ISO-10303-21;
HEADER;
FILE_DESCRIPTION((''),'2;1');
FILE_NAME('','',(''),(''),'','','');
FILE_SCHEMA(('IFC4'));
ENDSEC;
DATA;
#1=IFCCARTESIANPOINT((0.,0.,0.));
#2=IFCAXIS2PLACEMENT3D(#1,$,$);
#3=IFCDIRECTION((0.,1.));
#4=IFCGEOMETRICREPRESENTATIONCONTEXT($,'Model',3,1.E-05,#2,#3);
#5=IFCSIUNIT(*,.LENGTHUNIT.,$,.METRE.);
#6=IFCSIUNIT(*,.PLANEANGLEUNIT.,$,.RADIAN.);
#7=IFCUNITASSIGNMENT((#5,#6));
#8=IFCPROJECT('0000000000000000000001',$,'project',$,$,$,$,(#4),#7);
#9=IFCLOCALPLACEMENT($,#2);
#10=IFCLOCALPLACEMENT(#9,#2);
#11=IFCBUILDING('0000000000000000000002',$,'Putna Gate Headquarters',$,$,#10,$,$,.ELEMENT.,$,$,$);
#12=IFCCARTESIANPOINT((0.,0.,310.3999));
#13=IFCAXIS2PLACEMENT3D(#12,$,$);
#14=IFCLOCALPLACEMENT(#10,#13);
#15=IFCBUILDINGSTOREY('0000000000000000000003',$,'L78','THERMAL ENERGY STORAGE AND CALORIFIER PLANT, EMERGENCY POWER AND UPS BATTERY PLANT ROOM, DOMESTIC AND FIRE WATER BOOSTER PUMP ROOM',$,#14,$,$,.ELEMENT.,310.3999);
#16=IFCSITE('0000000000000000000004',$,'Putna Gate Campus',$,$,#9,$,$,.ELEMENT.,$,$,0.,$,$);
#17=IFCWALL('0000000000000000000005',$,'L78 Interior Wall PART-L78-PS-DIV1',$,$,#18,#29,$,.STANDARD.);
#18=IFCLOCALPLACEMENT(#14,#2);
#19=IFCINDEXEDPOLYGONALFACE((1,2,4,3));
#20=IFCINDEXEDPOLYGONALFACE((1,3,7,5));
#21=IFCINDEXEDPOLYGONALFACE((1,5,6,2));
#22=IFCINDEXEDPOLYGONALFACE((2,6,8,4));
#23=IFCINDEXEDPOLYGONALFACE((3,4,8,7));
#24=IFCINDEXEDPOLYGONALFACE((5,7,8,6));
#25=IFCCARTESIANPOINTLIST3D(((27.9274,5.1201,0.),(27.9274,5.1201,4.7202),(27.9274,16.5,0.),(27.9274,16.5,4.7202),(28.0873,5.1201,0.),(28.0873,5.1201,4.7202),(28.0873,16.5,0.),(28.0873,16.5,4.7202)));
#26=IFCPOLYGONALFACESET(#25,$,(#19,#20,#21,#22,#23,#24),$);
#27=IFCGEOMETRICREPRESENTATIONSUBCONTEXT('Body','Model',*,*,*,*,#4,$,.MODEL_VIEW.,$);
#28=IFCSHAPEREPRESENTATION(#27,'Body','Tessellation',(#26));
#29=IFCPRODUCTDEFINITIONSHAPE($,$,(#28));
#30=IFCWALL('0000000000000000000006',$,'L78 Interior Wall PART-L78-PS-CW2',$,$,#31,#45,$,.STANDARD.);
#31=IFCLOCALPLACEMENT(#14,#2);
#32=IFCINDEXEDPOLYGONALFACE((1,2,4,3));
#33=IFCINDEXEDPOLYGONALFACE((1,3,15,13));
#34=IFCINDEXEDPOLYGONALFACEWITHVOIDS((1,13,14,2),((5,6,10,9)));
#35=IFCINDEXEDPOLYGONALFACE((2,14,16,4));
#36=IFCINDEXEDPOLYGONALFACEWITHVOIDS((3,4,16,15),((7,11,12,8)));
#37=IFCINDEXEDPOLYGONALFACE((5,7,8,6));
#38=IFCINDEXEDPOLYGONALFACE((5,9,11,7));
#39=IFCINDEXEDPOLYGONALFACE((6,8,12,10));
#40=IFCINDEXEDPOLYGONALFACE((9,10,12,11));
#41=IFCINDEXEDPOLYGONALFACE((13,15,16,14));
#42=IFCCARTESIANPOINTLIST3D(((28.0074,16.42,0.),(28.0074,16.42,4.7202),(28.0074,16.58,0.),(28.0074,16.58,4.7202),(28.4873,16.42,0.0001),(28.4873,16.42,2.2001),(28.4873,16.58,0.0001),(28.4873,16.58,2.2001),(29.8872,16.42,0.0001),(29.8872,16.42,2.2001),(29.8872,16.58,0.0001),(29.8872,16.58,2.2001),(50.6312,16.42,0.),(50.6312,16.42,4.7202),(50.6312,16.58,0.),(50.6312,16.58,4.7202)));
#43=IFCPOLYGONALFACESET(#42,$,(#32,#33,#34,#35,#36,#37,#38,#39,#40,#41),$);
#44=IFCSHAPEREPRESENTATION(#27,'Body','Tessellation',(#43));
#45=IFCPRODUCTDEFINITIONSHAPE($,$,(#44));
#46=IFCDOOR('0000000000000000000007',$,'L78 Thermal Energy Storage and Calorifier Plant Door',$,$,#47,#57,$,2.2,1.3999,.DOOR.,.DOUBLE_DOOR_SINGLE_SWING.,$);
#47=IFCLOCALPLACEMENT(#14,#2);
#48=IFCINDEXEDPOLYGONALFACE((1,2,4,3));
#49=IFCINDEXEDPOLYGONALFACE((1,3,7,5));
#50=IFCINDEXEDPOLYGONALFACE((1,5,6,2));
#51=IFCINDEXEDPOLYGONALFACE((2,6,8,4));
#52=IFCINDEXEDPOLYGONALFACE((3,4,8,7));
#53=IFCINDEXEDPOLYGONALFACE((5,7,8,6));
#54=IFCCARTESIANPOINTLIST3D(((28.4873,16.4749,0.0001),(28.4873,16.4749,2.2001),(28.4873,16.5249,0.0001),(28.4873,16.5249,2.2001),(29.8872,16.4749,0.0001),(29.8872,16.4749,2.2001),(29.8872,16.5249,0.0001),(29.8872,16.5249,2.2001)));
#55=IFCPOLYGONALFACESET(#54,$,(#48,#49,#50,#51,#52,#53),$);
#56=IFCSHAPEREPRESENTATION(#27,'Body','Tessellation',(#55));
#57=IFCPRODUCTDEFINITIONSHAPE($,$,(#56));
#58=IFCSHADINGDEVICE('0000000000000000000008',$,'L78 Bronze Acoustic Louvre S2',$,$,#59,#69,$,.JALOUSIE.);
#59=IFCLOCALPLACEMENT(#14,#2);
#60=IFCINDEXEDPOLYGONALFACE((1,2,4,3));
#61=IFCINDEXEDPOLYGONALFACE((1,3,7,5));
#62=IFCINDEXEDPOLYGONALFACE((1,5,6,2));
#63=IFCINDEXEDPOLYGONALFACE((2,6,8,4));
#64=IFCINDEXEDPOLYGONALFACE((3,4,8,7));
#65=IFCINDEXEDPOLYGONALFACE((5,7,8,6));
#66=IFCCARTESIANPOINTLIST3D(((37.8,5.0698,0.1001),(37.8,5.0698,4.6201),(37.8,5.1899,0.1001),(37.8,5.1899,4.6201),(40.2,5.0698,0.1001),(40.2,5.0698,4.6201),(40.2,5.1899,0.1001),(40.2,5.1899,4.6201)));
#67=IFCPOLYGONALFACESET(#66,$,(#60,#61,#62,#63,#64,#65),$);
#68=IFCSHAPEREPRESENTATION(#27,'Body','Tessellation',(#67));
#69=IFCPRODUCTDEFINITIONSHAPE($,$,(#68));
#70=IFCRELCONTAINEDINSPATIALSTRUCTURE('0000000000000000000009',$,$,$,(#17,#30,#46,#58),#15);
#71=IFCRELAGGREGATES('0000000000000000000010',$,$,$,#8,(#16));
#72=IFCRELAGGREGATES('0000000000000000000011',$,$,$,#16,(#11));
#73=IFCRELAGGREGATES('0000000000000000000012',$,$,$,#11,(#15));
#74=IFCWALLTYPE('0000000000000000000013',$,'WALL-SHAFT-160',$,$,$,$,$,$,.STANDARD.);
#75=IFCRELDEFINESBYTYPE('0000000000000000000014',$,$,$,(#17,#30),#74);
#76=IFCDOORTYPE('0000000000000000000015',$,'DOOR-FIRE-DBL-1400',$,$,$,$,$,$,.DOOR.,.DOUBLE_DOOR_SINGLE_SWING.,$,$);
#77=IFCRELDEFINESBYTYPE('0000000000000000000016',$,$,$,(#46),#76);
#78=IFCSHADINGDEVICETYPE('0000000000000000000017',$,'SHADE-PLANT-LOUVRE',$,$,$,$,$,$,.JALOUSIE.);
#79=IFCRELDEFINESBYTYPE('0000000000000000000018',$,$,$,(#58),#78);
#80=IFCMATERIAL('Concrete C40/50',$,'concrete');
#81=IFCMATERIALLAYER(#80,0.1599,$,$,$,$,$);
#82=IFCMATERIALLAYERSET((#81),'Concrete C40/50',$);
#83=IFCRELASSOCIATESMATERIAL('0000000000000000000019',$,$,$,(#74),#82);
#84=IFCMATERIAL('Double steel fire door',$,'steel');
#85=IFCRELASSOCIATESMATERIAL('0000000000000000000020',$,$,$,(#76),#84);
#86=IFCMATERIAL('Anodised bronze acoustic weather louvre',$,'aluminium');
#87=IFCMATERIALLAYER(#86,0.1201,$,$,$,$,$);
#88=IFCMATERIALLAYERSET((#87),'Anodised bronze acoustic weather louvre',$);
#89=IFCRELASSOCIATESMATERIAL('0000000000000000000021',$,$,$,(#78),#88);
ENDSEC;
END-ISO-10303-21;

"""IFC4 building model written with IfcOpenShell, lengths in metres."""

from ifc_helpers import new_model, si_unit, direction, frame, frame_2d, origin, origin_2d, place, context, subcontext, project, spatial, rectangle, extrude, material, layer, layer_set, type_object, element, fill, save


model = new_model("IFC4")

# Units and contexts
model_context = context("Model", 3, precision=1e-05, world=origin(), true_north=direction((0.0, 1.0)))
body_context = subcontext(model_context, "Body", "Model", "MODEL_VIEW")
ifc_project = project(units=[si_unit("LENGTHUNIT", "METRE"), si_unit("PLANEANGLEUNIT", "RADIAN")], contexts=[model_context])

# Site, building, storey
site_placement = place(None, origin())
site = spatial("IfcSite", under=ifc_project, at=site_placement, Name="Putna Gate Campus", CompositionType="ELEMENT", RefElevation=0.0)
building_placement = place(site_placement, origin())
building = spatial("IfcBuilding", under=site, at=building_placement, Name="Putna Gate Headquarters", CompositionType="ELEMENT")
storey_placement = place(building_placement, frame((0.0, 0.0, 310.3999)))
storey = spatial("IfcBuildingStorey", under=building, at=storey_placement, Name="L78", Description="THERMAL ENERGY STORAGE AND CALORIFIER PLANT, EMERGENCY POWER AND UPS BATTERY PLANT ROOM, DOMESTIC AND FIRE WATER BOOSTER PUMP ROOM", CompositionType="ELEMENT", Elevation=310.3999)

# Wall
ifc_material_1 = material(Name="Concrete C40/50", Category="concrete")
ifc_layer_1 = layer(ifc_material_1, 0.1599)
ifc_layer_set_1 = layer_set([ifc_layer_1], Name="Concrete C40/50")
wall_type = type_object("IfcWallType", Name="WALL-SHAFT-160", PredefinedType="STANDARD", material=ifc_layer_set_1)
wall_1_placement = place(storey_placement, frame((28.0073, 5.1201, 0.0), z_axis=(0.0, 0.0, 1.0), x_axis=(0.0, 1.0, 0.0)))
element("IfcWall", 1, at=wall_1_placement, inside=storey, type_object=wall_type, Name="L78 Interior Wall PART-L78-PS-DIV1", PredefinedType="STANDARD", context=body_context, shape_type="SweptSolid", body=[
    extrude(rectangle(XDim=11.3799, YDim=0.1599, at=frame_2d((5.6899, 0.0))), origin(), (0.0, 0.0, 1.0), 4.7202),
])

# Wall, opening, door
wall_2_placement = place(storey_placement, frame((28.0073, 16.5, 0.0), z_axis=(0.0, 0.0, 1.0), x_axis=(1.0, 0.0, 0.0)))
wall_2 = element("IfcWall", 2, at=wall_2_placement, inside=storey, type_object=wall_type, Name="L78 Interior Wall PART-L78-PS-CW2", PredefinedType="STANDARD", context=body_context, shape_type="SweptSolid", body=[
    extrude(rectangle(XDim=22.6238, YDim=0.1599, at=frame_2d((11.312, 0.0))), origin(), (0.0, 0.0, 1.0), 4.7202),
])
opening_placement = place(wall_2_placement, frame((0.48, 0.0, 0.0)))
opening = element("IfcOpeningElement", 3, at=opening_placement, cuts=wall_2, PredefinedType="OPENING", context=body_context, shape_type="SweptSolid", body=[
    extrude(rectangle(XDim=1.3999, YDim=2.2, at=frame_2d((0.7, 1.1001))), frame((0.0, 0.0898, 0.0), z_axis=(0.0, -1.0, 0.0), x_axis=(1.0, 0.0, 0.0)), (0.0, 0.0, 1.0), 0.1799),
])
ifc_material_2 = material(Name="Double steel fire door", Category="steel")
door_type = type_object("IfcDoorType", Name="DOOR-FIRE-DBL-1400", OperationType="DOUBLE_DOOR_SINGLE_SWING", PredefinedType="DOOR", material=ifc_material_2)
door_placement = place(opening_placement, origin())
door = element("IfcDoor", 4, at=door_placement, inside=storey, type_object=door_type, Name="L78 Thermal Energy Storage and Calorifier Plant Door", OperationType="DOUBLE_DOOR_SINGLE_SWING", OverallHeight=2.2, OverallWidth=1.3999, PredefinedType="DOOR", context=body_context, shape_type="SweptSolid", body=[
    extrude(rectangle(XDim=1.3999, YDim=2.2, at=frame_2d((0.7, 1.1001))), frame((0.0, 0.0249, 0.0), z_axis=(0.0, -1.0, 0.0), x_axis=(1.0, 0.0, 0.0)), (0.0, 0.0, 1.0), 0.05),
])
fill(opening, door)

# Shading device
ifc_material_3 = material(Name="Anodised bronze acoustic weather louvre", Category="aluminium")
ifc_layer_2 = layer(ifc_material_3, 0.1201)
ifc_layer_set_2 = layer_set([ifc_layer_2], Name="Anodised bronze acoustic weather louvre")
shading_device_type = type_object("IfcShadingDeviceType", Name="SHADE-PLANT-LOUVRE", PredefinedType="JALOUSIE", material=ifc_layer_set_2)
shading_device_placement = place(storey_placement, frame((39.0, 5.1299, 0.1001), z_axis=(0.0, 0.0, 1.0), x_axis=(1.0, 0.0, 0.0)))
element("IfcShadingDevice", 5, at=shading_device_placement, inside=storey, type_object=shading_device_type, Name="L78 Bronze Acoustic Louvre S2", PredefinedType="JALOUSIE", context=body_context, shape_type="SweptSolid", body=[
    extrude(rectangle(XDim=2.3999, YDim=0.1201, at=origin_2d()), origin(), (0.0, 0.0, 1.0), 4.52),
])

save(model, "model.ifc")
